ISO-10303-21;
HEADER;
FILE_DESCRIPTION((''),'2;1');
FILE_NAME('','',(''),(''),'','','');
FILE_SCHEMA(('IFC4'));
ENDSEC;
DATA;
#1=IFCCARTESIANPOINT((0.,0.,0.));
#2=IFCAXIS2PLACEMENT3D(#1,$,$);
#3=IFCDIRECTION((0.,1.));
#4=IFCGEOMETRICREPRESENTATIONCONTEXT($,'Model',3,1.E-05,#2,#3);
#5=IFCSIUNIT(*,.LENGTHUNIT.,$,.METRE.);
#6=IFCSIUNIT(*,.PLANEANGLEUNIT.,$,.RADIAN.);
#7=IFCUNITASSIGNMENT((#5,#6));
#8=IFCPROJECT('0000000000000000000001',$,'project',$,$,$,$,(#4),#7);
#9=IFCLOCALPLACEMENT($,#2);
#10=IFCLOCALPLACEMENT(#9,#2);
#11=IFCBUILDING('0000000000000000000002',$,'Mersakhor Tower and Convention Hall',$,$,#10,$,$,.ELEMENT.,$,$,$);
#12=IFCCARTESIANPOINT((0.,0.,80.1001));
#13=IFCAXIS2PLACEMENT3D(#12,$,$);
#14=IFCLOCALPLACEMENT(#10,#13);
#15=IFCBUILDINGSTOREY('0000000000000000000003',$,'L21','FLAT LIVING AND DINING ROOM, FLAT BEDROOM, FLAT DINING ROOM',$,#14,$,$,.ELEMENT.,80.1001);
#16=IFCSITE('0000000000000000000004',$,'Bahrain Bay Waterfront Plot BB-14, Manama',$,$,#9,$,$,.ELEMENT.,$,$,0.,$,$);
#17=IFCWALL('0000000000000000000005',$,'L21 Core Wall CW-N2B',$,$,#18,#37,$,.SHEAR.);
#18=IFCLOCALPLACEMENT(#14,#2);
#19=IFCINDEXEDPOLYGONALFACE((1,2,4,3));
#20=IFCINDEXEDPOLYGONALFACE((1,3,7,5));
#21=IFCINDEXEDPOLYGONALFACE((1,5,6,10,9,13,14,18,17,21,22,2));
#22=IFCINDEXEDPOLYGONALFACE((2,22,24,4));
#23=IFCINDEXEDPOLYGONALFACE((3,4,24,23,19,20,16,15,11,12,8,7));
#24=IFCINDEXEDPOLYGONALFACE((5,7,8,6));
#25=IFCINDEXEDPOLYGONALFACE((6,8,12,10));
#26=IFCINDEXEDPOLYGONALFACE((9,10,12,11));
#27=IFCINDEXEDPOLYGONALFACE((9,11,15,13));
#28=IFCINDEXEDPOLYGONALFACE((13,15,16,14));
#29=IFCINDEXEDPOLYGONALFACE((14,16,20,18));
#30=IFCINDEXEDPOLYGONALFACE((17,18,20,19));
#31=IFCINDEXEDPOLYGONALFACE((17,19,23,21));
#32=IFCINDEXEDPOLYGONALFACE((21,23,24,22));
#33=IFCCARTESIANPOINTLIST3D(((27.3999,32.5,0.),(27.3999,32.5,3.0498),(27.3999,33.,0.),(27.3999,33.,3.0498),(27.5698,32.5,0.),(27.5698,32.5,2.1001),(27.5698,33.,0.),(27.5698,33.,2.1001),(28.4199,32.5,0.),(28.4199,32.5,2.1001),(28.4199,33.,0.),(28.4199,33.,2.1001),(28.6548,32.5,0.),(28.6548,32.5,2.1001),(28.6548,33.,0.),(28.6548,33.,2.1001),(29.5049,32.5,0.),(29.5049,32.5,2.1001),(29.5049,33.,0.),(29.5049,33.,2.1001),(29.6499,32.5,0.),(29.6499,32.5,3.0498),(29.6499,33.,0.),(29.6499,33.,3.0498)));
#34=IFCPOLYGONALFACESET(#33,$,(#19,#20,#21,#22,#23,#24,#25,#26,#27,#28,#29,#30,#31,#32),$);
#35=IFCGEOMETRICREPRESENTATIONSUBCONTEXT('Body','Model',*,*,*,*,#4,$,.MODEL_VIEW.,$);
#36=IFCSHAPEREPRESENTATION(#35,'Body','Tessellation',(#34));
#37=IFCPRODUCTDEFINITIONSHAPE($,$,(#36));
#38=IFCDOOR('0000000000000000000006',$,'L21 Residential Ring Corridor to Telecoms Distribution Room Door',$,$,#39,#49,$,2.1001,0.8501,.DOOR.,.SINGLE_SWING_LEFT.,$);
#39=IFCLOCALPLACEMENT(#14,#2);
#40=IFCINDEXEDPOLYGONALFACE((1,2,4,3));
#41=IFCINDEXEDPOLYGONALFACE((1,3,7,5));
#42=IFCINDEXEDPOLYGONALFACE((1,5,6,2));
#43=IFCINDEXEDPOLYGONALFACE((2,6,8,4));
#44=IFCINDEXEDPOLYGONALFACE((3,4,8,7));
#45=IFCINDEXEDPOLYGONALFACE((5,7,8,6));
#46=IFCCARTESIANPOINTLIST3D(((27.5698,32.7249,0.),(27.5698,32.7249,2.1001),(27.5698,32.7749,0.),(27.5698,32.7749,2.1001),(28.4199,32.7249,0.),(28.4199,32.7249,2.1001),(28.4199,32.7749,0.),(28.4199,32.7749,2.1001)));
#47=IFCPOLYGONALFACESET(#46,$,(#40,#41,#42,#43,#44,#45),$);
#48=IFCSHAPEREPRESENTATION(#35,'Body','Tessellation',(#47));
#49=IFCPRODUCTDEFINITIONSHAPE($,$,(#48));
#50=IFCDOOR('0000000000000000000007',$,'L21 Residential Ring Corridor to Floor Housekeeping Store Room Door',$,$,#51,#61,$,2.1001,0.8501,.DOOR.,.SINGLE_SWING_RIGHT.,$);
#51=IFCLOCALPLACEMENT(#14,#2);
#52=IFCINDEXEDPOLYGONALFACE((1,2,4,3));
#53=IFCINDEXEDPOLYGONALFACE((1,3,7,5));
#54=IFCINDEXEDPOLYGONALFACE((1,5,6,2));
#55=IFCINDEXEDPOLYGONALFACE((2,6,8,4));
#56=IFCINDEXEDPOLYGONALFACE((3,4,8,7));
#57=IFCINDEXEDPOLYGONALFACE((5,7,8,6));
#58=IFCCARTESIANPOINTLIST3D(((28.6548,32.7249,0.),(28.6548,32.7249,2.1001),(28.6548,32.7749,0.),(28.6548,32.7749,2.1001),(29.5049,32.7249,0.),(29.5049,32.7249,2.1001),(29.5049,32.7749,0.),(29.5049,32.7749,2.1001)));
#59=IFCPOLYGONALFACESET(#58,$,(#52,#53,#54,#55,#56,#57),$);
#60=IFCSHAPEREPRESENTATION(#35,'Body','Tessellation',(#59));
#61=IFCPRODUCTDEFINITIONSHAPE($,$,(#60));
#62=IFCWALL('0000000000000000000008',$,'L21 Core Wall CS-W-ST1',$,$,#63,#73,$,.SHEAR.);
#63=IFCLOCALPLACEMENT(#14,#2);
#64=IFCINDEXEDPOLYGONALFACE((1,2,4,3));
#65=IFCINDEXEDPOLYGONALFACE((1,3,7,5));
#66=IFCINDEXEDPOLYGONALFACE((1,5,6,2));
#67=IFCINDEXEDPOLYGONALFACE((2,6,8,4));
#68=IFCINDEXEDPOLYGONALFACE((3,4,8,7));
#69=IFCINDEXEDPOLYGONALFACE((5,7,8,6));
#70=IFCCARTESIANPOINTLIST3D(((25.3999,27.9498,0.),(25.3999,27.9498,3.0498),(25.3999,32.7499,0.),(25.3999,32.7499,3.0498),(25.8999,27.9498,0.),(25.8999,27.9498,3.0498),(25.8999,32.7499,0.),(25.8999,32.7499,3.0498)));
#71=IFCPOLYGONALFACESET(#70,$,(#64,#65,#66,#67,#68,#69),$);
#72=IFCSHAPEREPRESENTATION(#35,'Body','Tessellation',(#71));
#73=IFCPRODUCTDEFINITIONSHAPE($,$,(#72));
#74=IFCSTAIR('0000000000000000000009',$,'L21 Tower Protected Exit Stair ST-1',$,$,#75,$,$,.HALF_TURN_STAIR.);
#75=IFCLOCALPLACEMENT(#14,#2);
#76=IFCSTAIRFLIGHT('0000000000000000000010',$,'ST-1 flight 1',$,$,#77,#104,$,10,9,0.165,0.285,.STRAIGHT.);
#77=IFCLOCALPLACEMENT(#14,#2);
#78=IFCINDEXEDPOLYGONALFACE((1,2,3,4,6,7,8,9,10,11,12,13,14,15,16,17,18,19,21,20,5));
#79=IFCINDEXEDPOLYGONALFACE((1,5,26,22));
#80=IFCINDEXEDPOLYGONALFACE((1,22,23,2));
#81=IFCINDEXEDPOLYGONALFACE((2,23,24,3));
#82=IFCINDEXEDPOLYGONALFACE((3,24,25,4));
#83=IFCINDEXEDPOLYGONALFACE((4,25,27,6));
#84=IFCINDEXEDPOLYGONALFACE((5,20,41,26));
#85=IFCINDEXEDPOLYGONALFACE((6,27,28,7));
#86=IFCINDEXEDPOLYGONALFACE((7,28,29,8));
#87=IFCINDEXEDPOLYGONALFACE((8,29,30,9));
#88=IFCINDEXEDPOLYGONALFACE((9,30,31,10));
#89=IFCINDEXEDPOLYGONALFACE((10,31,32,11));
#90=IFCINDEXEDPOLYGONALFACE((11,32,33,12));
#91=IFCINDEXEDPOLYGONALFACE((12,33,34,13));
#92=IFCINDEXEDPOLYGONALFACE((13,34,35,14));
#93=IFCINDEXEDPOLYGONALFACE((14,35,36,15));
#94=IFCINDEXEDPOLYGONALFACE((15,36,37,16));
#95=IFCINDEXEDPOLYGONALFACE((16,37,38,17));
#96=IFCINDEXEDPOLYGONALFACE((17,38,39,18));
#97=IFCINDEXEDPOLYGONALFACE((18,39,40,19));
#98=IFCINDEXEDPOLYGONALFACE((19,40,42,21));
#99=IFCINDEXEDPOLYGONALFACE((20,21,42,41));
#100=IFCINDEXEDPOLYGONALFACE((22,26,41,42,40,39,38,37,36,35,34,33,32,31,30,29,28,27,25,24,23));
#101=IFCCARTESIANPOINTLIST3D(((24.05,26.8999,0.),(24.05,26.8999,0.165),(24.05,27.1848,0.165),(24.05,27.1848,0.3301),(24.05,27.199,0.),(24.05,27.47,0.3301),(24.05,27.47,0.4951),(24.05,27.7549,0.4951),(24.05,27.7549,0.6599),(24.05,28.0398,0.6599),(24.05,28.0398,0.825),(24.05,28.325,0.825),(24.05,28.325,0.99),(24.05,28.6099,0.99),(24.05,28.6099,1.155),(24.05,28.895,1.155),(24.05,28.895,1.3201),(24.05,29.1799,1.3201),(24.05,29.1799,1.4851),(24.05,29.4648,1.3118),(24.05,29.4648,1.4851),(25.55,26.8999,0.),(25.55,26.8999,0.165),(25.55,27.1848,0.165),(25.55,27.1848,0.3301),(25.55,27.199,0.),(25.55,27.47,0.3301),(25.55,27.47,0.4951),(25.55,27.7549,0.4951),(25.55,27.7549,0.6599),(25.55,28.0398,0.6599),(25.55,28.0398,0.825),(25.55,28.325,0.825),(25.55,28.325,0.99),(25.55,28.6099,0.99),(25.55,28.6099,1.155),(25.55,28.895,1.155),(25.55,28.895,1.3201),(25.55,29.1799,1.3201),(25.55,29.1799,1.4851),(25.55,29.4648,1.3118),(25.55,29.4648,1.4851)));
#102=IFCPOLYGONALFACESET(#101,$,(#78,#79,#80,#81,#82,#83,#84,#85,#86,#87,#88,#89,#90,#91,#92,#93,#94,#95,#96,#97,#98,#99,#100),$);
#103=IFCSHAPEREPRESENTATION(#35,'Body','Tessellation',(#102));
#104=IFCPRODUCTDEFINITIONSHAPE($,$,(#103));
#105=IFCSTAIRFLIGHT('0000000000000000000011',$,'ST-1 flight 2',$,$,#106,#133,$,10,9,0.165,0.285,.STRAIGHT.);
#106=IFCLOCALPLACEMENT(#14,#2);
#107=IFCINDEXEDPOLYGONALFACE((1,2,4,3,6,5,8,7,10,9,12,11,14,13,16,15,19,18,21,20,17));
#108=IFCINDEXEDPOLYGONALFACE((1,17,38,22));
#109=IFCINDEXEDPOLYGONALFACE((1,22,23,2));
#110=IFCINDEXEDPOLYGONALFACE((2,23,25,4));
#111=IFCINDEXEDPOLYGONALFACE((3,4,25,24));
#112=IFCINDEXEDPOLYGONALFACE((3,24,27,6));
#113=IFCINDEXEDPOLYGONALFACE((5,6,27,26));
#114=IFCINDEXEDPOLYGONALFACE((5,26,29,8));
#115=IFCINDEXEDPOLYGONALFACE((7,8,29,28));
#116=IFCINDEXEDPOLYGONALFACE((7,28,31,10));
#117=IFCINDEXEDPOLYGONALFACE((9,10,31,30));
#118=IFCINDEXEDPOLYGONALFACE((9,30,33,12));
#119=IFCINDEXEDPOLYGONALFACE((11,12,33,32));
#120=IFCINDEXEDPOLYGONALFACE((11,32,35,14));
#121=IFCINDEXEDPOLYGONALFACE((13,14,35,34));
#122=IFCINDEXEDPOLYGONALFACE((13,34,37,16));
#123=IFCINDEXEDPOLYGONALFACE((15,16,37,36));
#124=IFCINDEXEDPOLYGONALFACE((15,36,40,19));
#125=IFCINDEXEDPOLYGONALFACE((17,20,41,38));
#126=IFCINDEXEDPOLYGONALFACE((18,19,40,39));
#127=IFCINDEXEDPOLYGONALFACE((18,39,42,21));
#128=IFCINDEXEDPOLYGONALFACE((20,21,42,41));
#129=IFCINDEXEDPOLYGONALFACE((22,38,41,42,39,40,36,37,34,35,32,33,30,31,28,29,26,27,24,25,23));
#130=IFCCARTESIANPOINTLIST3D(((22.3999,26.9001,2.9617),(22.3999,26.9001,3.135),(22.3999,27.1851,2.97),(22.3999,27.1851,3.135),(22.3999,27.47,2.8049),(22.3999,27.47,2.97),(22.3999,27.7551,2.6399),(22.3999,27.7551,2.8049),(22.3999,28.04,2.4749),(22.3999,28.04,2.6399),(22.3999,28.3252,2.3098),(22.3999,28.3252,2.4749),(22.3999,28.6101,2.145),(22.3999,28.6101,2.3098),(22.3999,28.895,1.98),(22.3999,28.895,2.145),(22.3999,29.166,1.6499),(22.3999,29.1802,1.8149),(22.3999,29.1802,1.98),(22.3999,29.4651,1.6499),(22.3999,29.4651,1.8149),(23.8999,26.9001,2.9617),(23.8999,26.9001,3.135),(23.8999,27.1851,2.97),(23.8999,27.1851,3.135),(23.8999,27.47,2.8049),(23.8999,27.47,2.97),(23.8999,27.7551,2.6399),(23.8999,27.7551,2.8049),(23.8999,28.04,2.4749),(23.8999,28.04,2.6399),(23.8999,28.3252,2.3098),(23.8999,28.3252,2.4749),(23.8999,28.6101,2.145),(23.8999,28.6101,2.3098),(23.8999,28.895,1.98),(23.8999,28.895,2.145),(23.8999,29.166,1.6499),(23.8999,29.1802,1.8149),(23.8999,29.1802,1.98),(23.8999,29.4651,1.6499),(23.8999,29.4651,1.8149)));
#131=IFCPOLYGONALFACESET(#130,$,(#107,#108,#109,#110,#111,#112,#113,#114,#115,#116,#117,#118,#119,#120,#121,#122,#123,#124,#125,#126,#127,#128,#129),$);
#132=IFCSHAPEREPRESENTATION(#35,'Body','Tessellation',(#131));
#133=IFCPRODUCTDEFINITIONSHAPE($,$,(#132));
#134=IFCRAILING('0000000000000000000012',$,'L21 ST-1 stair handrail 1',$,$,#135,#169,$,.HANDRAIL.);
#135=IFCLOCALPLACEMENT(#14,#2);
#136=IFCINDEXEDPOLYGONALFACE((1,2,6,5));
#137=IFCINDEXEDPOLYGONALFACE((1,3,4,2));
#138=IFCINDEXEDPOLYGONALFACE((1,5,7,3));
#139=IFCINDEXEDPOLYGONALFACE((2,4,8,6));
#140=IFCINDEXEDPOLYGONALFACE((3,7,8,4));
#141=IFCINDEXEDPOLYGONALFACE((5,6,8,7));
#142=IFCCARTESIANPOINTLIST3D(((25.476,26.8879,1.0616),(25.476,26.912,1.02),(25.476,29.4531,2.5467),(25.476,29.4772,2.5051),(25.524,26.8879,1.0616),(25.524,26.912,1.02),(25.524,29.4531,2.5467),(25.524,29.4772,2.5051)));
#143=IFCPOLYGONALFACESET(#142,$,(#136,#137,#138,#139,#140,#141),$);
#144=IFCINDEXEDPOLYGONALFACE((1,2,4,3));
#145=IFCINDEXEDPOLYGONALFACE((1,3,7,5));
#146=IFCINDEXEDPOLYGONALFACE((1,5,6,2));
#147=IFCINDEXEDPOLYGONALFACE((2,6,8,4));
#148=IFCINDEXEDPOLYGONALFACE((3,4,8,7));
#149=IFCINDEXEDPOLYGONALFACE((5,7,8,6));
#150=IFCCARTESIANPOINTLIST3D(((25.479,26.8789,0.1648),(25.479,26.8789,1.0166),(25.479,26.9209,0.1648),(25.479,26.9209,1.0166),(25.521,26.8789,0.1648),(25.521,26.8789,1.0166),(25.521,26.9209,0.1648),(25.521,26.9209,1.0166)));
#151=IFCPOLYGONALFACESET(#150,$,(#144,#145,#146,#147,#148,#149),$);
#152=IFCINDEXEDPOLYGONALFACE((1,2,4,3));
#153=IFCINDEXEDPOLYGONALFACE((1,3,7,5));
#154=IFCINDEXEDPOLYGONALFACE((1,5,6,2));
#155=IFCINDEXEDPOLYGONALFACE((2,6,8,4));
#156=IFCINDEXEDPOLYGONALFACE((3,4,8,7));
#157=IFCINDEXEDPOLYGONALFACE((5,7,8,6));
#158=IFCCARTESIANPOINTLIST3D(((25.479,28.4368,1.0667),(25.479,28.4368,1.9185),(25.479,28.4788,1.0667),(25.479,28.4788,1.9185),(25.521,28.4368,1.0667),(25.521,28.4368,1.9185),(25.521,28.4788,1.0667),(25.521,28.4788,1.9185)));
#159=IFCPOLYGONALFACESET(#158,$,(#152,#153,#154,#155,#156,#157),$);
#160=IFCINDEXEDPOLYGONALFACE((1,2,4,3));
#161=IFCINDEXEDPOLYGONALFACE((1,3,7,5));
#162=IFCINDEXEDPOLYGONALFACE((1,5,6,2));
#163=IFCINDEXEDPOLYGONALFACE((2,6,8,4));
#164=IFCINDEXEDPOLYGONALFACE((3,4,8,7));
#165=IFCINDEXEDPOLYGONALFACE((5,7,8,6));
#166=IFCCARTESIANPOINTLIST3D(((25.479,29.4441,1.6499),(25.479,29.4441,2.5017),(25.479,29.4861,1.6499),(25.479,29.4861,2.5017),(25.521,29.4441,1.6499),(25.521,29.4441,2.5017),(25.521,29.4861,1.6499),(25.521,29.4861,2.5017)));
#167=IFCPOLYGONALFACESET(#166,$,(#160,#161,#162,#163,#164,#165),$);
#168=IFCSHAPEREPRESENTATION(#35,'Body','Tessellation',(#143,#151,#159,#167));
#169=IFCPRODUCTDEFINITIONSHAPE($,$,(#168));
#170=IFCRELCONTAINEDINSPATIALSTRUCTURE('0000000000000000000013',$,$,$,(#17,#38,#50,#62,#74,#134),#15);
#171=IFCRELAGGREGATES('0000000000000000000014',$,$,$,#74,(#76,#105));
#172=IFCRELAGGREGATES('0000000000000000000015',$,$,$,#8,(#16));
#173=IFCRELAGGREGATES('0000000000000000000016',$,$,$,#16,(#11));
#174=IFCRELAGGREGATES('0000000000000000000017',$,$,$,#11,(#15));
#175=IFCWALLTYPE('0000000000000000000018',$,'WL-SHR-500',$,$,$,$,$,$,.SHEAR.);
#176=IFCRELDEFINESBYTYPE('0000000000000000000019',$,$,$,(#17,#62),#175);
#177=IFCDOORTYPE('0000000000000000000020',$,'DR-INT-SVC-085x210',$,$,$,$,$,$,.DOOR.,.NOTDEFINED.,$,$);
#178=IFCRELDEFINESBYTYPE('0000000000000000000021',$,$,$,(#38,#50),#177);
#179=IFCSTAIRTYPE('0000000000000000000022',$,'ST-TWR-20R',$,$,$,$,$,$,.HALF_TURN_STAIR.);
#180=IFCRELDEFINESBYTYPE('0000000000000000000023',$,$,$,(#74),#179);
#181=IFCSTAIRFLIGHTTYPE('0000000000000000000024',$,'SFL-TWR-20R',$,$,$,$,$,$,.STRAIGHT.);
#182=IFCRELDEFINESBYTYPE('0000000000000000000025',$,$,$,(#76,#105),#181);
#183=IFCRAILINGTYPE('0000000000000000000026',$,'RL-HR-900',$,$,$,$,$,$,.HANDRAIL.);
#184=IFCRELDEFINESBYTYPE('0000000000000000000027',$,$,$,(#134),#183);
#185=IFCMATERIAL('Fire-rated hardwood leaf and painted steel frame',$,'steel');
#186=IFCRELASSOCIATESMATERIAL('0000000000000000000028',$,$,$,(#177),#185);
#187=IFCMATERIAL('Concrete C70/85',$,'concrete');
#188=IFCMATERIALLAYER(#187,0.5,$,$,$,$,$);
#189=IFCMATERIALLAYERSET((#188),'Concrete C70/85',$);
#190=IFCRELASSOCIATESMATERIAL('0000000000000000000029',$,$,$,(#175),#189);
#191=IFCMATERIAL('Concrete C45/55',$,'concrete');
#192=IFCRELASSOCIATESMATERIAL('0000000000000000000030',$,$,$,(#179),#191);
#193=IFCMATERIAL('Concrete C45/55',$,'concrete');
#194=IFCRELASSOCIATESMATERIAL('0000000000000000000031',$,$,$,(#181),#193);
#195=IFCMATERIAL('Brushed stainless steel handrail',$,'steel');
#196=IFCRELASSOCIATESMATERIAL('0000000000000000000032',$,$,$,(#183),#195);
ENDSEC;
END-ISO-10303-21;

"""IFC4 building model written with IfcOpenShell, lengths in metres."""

from ifc_helpers import new_model, si_unit, direction, frame, frame_2d, origin, origin_2d, place, context, subcontext, project, spatial, polyline, rectangle, outline, extrude, material, layer, layer_set, type_object, element, fill, aggregate, save


model = new_model("IFC4")

# Units and contexts
model_context = context("Model", 3, precision=1e-05, world=origin(), true_north=direction((0.0, 1.0)))
body_context = subcontext(model_context, "Body", "Model", "MODEL_VIEW")
ifc_project = project(units=[si_unit("LENGTHUNIT", "METRE"), si_unit("PLANEANGLEUNIT", "RADIAN")], contexts=[model_context])

# Site, building, storey
site_placement = place(None, origin())
site = spatial("IfcSite", under=ifc_project, at=site_placement, Name="Bahrain Bay Waterfront Plot BB-14, Manama", CompositionType="ELEMENT", RefElevation=0.0)
building_placement = place(site_placement, origin())
building = spatial("IfcBuilding", under=site, at=building_placement, Name="Mersakhor Tower and Convention Hall", CompositionType="ELEMENT")
storey_placement = place(building_placement, frame((0.0, 0.0, 80.1001)))
storey = spatial("IfcBuildingStorey", under=building, at=storey_placement, Name="L21", Description="FLAT LIVING AND DINING ROOM, FLAT BEDROOM, FLAT DINING ROOM", CompositionType="ELEMENT", Elevation=80.1001)

# Shared definitions
ifc_material_1 = material(Name="Fire-rated hardwood leaf and painted steel frame", Category="steel")
door_type_1 = type_object("IfcDoorType", Name="DR-INT-SVC-085x210", OperationType="NOTDEFINED", PredefinedType="DOOR", material=ifc_material_1)

# Shared definitions
ifc_material_2 = material(Name="Concrete C70/85", Category="concrete")
ifc_layer_1 = layer(ifc_material_2, 0.5)
ifc_layer_set_1 = layer_set([ifc_layer_1], Name="Concrete C70/85")
wall_type_1 = type_object("IfcWallType", Name="WL-SHR-500", PredefinedType="SHEAR", material=ifc_layer_set_1)

# Wall, openings, doors
wall_1_placement = place(storey_placement, frame((27.3999, 32.75, 0.0), z_axis=(0.0, 0.0, 1.0), x_axis=(1.0, 0.0, 0.0)))
wall_1 = element("IfcWall", 1, at=wall_1_placement, inside=storey, type_object=wall_type_1, Name="L21 Core Wall CW-N2B", PredefinedType="SHEAR", context=body_context, shape_type="SweptSolid", body=[
    extrude(rectangle(XDim=2.25, YDim=0.5, at=frame_2d((1.125, 0.0))), origin(), (0.0, 0.0, 1.0), 3.0498),
])
opening_1_placement = place(wall_1_placement, frame((0.1699, 0.0, 0.0)))
opening_1 = element("IfcOpeningElement", 2, at=opening_1_placement, cuts=wall_1, PredefinedType="OPENING", context=body_context, shape_type="SweptSolid", body=[
    extrude(rectangle(XDim=0.8501, YDim=2.1001, at=frame_2d((0.425, 1.05))), frame((0.0, 0.26, 0.0), z_axis=(0.0, -1.0, 0.0), x_axis=(1.0, 0.0, 0.0)), (0.0, 0.0, 1.0), 0.52),
])
opening_2_placement = place(wall_1_placement, frame((1.2549, 0.0, 0.0)))
opening_2 = element("IfcOpeningElement", 3, at=opening_2_placement, cuts=wall_1, PredefinedType="OPENING", context=body_context, shape_type="SweptSolid", body=[
    extrude(rectangle(XDim=0.8501, YDim=2.1001, at=frame_2d((0.425, 1.05))), frame((0.0, 0.26, 0.0), z_axis=(0.0, -1.0, 0.0), x_axis=(1.0, 0.0, 0.0)), (0.0, 0.0, 1.0), 0.52),
])
door_1_placement = place(opening_1_placement, origin())
door_1 = element("IfcDoor", 4, at=door_1_placement, inside=storey, type_object=door_type_1, Name="L21 Residential Ring Corridor to Telecoms Distribution Room Door", OperationType="SINGLE_SWING_LEFT", OverallHeight=2.1001, OverallWidth=0.8501, PredefinedType="DOOR", context=body_context, shape_type="SweptSolid", body=[
    extrude(rectangle(XDim=0.8501, YDim=2.1001, at=frame_2d((0.425, 1.05))), frame((0.0, 0.0249, 0.0), z_axis=(0.0, -1.0, 0.0), x_axis=(1.0, 0.0, 0.0)), (0.0, 0.0, 1.0), 0.05),
])
fill(opening_1, door_1)
door_2_placement = place(opening_2_placement, origin())
door_2 = element("IfcDoor", 5, at=door_2_placement, inside=storey, type_object=door_type_1, Name="L21 Residential Ring Corridor to Floor Housekeeping Store Room Door", OperationType="SINGLE_SWING_RIGHT", OverallHeight=2.1001, OverallWidth=0.8501, PredefinedType="DOOR", context=body_context, shape_type="SweptSolid", body=[
    extrude(rectangle(XDim=0.8501, YDim=2.1001, at=frame_2d((0.425, 1.05))), frame((0.0, 0.0249, 0.0), z_axis=(0.0, -1.0, 0.0), x_axis=(1.0, 0.0, 0.0)), (0.0, 0.0, 1.0), 0.05),
])
fill(opening_2, door_2)

# Wall
wall_2_placement = place(storey_placement, frame((25.6499, 27.95, 0.0), z_axis=(0.0, 0.0, 1.0), x_axis=(0.0, 1.0, 0.0)))
element("IfcWall", 6, at=wall_2_placement, inside=storey, type_object=wall_type_1, Name="L21 Core Wall CS-W-ST1", PredefinedType="SHEAR", context=body_context, shape_type="SweptSolid", body=[
    extrude(rectangle(XDim=4.8, YDim=0.5, at=frame_2d((2.3999, 0.0))), origin(), (0.0, 0.0, 1.0), 3.0498),
])

# Stair, stair flights
ifc_material_3 = material(Name="Concrete C45/55", Category="concrete")
stair_type = type_object("IfcStairType", Name="ST-TWR-20R", PredefinedType="HALF_TURN_STAIR", material=ifc_material_3)
stair_placement = place(storey_placement, origin())
stair = element("IfcStair", 7, at=stair_placement, inside=storey, type_object=stair_type, Name="L21 Tower Protected Exit Stair ST-1", PredefinedType="HALF_TURN_STAIR")
ifc_material_4 = material(Name="Concrete C45/55", Category="concrete")
stair_flight_type = type_object("IfcStairFlightType", Name="SFL-TWR-20R", PredefinedType="STRAIGHT", material=ifc_material_4)
stair_flight_1_placement = place(storey_placement, frame((24.8, 26.8999, 0.0), z_axis=(0.0, 0.0, 1.0), x_axis=(0.0, 1.0, 0.0)))
stair_flight_1 = element("IfcStairFlight", 8, at=stair_flight_1_placement, type_object=stair_flight_type, Name="ST-1 flight 1", NumberOfRisers=10, NumberOfTreads=9, PredefinedType="STRAIGHT", RiserHeight=0.165, TreadLength=0.285, context=body_context, shape_type="SweptSolid", body=[
    extrude(outline(polyline([(0.0, 0.0), (0.0, 0.165), (0.2849, 0.165), (0.2849, 0.3301), (0.5701, 0.3301), (0.5701, 0.4951), (0.855, 0.4951), (0.855, 0.6599), (1.1399, 0.6599), (1.1399, 0.825), (1.425, 0.825), (1.425, 0.99), (1.71, 0.99), (1.71, 1.155), (1.9951, 1.155), (1.9951, 1.3201), (2.28, 1.3201), (2.28, 1.4851), (2.5649, 1.4851), (2.5649, 1.6499), (2.5649, 1.3118), (0.2991, 0.0), (0.0, 0.0)])), frame((0.0, 0.75, 0.0), z_axis=(0.0, -1.0, 0.0), x_axis=(1.0, 0.0, 0.0)), (0.0, 0.0, 1.0), 1.5),
])
stair_flight_2_placement = place(storey_placement, frame((23.1499, 29.4651, 1.6499), z_axis=(0.0, 0.0, 1.0), x_axis=(0.0, -1.0, 0.0)))
stair_flight_2 = element("IfcStairFlight", 9, at=stair_flight_2_placement, type_object=stair_flight_type, Name="ST-1 flight 2", NumberOfRisers=10, NumberOfTreads=9, PredefinedType="STRAIGHT", RiserHeight=0.165, TreadLength=0.285, context=body_context, shape_type="SweptSolid", body=[
    extrude(outline(polyline([(0.0, 0.0), (0.0, 0.165), (0.2849, 0.165), (0.2849, 0.3301), (0.5701, 0.3301), (0.5701, 0.4951), (0.855, 0.4951), (0.855, 0.6599), (1.1399, 0.6599), (1.1399, 0.825), (1.425, 0.825), (1.425, 0.99), (1.71, 0.99), (1.71, 1.155), (1.9951, 1.155), (1.9951, 1.3201), (2.28, 1.3201), (2.28, 1.4851), (2.5649, 1.4851), (2.5649, 1.6499), (2.5649, 1.3118), (0.2991, 0.0), (0.0, 0.0)])), frame((0.0, 0.75, 0.0), z_axis=(0.0, -1.0, 0.0), x_axis=(1.0, 0.0, 0.0)), (0.0, 0.0, 1.0), 1.5),
])
aggregate(stair, [stair_flight_1, stair_flight_2])

# Railing
ifc_material_5 = material(Name="Brushed stainless steel handrail", Category="steel")
railing_type_1 = type_object("IfcRailingType", Name="RL-HR-900", PredefinedType="HANDRAIL", material=ifc_material_5)
railing_1_placement = place(storey_placement, frame((25.5, 26.8999, 0.1648)))
element("IfcRailing", 10, at=railing_1_placement, inside=storey, type_object=railing_type_1, Name="L21 ST-1 stair handrail 1", PredefinedType="HANDRAIL", context=body_context, shape_type="SweptSolid", body=[
    extrude(rectangle(XDim=0.0481, YDim=0.0481, at=origin_2d()), frame((0.0, 0.0, 0.876), z_axis=(0.0, 0.865426, 0.501036), x_axis=(-1.0, 0.0, 0.0)), (0.0, 0.0, 1.0), 2.9641),
    extrude(rectangle(XDim=0.042, YDim=0.042, at=origin_2d()), origin(), (0.0, 0.0, 1.0), 0.8518),
    extrude(rectangle(XDim=0.042, YDim=0.042, at=origin_2d()), frame((0.0, 1.5579, 0.9019)), (0.0, 0.0, 1.0), 0.8518),
    extrude(rectangle(XDim=0.042, YDim=0.042, at=origin_2d()), frame((0.0, 2.5652, 1.4851)), (0.0, 0.0, 1.0), 0.8518),
])

save(model, "model.ifc")
